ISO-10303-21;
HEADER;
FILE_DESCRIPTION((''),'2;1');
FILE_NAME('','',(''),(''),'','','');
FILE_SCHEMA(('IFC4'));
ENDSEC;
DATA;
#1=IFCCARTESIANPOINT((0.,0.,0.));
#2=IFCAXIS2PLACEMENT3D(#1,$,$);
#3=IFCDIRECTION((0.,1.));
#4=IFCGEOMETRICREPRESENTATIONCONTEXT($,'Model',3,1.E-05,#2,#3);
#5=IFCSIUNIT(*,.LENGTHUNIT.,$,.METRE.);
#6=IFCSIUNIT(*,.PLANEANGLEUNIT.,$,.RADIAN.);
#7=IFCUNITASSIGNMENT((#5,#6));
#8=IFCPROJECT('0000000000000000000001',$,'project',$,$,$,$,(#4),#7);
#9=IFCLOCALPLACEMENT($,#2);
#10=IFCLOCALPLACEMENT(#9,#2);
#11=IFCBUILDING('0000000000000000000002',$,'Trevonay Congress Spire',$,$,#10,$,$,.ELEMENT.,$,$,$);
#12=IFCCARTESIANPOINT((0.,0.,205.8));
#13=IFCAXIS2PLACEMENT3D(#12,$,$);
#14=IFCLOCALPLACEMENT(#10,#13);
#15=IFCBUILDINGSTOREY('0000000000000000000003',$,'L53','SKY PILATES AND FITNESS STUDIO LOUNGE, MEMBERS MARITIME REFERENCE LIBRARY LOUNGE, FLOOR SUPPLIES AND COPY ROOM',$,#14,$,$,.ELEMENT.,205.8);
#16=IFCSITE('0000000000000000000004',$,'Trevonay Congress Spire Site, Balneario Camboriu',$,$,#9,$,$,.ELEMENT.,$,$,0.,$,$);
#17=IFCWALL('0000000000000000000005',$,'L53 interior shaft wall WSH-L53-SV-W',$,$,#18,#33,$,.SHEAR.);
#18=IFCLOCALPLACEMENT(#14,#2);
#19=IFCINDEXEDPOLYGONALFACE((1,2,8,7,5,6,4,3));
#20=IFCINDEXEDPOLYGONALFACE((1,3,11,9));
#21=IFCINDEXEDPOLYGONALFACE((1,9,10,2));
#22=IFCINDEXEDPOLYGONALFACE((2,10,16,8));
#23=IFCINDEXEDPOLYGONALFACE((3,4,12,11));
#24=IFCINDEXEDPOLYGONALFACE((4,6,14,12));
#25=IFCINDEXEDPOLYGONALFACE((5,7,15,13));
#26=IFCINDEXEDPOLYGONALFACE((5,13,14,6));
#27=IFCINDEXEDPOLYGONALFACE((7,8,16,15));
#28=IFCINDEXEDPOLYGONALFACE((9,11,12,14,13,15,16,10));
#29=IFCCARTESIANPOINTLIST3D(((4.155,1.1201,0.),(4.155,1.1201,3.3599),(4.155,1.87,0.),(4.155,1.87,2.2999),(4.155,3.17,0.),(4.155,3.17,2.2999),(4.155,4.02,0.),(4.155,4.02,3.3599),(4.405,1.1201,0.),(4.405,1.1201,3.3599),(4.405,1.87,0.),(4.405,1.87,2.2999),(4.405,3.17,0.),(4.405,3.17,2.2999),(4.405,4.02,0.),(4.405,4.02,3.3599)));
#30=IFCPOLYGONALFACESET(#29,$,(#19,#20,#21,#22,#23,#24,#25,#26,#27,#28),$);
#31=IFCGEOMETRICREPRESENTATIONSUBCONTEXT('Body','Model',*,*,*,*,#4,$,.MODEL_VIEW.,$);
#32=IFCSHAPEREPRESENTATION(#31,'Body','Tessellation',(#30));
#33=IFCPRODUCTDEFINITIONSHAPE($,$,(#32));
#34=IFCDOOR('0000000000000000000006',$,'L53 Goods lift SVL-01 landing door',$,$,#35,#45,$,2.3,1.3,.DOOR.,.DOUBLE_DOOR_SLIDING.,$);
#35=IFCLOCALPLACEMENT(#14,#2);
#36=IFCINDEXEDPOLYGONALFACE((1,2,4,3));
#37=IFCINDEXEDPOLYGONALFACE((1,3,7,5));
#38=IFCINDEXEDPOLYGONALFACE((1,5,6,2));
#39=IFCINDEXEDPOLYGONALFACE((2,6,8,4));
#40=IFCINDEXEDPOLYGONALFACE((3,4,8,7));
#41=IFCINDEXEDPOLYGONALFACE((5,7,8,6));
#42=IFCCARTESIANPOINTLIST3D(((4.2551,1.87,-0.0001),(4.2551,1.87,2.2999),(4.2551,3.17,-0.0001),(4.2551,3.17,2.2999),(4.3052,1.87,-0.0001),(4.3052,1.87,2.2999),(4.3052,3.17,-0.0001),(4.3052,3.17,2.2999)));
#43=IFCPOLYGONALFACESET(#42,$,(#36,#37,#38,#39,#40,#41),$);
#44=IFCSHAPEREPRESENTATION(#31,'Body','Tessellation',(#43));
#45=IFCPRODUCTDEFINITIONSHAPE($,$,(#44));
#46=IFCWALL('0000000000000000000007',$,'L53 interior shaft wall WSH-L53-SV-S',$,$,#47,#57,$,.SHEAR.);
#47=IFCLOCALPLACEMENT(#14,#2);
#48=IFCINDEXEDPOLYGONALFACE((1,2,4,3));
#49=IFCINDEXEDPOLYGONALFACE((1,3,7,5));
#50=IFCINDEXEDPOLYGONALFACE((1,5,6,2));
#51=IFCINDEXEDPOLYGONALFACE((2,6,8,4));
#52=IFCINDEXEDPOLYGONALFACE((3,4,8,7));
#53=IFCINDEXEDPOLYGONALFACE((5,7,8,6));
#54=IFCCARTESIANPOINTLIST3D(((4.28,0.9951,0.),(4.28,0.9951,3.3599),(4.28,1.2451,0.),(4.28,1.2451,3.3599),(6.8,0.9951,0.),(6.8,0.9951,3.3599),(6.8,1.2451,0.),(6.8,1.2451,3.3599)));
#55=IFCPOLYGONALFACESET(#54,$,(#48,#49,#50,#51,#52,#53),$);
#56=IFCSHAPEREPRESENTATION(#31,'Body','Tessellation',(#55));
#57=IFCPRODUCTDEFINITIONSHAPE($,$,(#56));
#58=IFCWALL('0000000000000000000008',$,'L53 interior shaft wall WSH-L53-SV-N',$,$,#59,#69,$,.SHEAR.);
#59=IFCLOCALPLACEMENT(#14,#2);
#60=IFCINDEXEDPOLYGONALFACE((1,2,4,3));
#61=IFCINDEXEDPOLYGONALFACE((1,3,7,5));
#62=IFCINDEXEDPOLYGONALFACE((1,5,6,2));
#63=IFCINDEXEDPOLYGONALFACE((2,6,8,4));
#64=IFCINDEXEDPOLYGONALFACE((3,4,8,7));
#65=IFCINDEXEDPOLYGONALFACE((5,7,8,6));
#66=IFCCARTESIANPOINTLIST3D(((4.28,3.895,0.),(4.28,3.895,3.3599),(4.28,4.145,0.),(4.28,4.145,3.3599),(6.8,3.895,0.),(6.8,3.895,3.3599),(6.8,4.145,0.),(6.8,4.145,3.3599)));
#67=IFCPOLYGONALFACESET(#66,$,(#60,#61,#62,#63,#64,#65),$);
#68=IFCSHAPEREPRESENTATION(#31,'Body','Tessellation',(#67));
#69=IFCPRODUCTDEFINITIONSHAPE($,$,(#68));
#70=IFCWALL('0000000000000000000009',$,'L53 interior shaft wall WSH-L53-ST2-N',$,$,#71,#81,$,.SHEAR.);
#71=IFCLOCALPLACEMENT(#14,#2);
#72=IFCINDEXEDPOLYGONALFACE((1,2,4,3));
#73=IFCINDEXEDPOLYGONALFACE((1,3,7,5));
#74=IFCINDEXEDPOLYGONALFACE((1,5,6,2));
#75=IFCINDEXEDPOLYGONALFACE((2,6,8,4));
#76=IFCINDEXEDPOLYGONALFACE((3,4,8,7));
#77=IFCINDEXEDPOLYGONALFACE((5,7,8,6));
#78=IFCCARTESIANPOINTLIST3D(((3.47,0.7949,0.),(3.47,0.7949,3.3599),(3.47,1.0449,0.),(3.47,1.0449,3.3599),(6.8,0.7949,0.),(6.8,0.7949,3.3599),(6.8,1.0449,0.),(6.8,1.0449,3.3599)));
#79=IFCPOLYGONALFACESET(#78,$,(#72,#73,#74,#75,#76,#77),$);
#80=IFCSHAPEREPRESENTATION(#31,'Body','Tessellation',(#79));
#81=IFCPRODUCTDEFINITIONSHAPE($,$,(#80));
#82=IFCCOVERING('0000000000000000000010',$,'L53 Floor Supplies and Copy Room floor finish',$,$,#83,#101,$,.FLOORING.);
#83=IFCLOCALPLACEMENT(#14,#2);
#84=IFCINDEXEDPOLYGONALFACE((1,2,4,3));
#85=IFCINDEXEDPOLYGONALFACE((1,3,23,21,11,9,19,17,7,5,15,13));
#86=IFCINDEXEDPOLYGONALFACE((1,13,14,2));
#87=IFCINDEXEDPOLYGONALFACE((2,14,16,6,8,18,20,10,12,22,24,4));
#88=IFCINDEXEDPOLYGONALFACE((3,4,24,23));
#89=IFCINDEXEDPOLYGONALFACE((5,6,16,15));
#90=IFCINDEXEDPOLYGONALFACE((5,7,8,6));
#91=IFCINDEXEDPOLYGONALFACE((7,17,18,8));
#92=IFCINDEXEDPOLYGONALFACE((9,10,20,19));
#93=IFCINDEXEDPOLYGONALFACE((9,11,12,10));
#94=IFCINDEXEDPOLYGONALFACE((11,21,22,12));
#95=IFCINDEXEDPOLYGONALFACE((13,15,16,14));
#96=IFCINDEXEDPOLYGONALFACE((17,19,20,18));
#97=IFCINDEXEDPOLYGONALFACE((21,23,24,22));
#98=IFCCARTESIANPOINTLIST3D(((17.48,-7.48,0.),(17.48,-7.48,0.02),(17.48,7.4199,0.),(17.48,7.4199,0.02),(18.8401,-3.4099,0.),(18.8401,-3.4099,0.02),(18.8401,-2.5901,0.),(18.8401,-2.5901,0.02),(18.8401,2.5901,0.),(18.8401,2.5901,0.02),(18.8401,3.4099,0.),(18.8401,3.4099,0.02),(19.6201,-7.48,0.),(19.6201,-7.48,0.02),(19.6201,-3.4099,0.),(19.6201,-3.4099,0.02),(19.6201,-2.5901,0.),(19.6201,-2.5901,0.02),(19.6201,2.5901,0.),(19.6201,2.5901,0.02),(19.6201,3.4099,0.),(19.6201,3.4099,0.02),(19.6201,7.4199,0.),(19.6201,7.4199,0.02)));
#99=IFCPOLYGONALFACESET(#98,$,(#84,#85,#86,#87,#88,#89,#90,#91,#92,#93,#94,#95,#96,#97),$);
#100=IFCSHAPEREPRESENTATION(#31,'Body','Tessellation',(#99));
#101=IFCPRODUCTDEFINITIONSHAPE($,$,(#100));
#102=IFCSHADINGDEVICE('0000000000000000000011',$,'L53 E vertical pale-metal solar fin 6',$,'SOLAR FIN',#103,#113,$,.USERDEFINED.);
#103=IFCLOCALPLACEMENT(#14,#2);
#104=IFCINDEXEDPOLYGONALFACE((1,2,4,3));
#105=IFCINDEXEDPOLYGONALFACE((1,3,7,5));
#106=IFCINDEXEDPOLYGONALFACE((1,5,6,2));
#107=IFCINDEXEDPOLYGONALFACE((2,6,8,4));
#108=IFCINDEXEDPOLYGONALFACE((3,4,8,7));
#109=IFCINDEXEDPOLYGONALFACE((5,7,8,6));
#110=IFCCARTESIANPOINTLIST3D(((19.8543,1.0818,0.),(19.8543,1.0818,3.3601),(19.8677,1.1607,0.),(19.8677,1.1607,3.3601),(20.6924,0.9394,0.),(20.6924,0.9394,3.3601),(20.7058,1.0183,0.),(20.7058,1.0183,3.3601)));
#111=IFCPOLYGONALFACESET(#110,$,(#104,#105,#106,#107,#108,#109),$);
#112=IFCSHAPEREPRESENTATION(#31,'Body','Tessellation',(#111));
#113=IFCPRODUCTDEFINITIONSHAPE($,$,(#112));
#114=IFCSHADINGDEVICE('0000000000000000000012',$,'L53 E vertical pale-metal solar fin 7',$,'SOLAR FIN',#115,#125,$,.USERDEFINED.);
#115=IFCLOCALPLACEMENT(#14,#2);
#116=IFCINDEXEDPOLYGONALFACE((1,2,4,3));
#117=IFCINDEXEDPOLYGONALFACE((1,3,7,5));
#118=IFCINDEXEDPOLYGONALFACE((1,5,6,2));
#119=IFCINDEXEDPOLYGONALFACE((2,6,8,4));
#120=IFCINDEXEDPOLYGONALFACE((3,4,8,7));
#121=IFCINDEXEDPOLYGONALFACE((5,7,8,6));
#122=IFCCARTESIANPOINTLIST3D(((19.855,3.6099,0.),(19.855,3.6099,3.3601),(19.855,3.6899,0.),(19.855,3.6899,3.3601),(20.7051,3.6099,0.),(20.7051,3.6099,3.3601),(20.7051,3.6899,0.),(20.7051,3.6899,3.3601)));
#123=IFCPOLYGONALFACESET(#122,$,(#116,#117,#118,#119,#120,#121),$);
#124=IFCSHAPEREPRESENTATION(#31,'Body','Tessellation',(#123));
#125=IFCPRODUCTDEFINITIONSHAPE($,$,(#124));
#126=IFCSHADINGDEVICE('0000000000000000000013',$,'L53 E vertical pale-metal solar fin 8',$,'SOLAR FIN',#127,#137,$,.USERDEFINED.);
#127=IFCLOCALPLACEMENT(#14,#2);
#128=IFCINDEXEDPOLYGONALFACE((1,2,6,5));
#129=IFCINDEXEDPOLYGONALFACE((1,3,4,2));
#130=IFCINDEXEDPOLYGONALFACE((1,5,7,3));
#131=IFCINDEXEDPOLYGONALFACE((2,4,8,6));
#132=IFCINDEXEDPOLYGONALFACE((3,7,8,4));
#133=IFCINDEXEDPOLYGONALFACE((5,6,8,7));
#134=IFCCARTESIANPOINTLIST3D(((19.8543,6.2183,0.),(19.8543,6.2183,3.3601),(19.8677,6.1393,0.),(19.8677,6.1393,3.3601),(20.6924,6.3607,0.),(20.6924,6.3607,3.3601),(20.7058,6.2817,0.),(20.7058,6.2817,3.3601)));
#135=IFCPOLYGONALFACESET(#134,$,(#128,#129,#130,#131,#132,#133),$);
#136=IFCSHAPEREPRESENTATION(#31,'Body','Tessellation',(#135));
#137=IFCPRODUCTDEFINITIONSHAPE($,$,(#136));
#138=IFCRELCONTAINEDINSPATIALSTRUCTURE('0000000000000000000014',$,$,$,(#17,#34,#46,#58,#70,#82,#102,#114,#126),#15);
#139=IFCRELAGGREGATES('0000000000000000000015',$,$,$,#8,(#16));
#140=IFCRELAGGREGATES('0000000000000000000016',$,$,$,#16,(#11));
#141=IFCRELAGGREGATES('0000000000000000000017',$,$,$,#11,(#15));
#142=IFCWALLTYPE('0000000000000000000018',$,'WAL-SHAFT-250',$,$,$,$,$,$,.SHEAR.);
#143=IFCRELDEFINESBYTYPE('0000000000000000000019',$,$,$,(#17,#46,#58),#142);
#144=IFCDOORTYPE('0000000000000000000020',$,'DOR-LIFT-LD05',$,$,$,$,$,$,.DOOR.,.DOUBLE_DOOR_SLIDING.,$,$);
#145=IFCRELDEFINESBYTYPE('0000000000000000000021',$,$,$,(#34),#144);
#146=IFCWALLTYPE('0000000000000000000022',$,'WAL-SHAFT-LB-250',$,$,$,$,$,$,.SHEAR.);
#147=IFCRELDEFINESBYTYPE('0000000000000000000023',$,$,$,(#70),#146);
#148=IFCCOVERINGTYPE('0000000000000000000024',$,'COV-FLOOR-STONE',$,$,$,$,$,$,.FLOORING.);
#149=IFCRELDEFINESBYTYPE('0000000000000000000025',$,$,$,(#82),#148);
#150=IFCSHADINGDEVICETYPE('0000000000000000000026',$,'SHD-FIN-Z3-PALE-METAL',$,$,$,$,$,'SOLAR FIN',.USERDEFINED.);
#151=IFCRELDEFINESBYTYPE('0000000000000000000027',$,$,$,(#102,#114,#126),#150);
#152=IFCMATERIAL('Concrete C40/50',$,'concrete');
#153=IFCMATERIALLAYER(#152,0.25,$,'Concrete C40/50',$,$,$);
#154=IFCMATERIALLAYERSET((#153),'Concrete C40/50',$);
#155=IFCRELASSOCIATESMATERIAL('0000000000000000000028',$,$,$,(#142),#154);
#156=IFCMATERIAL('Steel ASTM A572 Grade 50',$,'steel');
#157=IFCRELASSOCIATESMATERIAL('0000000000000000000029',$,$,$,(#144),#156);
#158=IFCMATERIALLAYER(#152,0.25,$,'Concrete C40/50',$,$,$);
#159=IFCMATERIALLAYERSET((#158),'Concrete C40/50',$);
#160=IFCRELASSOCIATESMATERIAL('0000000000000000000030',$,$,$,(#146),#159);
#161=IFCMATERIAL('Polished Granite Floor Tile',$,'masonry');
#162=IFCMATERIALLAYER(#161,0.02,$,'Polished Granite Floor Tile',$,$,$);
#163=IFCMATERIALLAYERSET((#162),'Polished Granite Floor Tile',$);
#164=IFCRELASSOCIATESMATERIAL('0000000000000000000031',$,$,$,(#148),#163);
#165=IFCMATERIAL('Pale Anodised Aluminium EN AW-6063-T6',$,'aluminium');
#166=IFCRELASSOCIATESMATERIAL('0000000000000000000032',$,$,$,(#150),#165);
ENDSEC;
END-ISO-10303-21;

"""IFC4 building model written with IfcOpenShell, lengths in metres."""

from ifc_helpers import new_model, si_unit, direction, frame, frame_2d, origin, origin_2d, place, context, subcontext, project, spatial, polyline, rectangle, outline, extrude, material, layer, layer_set, type_object, element, fill, save


model = new_model("IFC4")

# Units and contexts
model_context = context("Model", 3, precision=1e-05, world=origin(), true_north=direction((0.0, 1.0)))
body_context = subcontext(model_context, "Body", "Model", "MODEL_VIEW")
ifc_project = project(units=[si_unit("LENGTHUNIT", "METRE"), si_unit("PLANEANGLEUNIT", "RADIAN")], contexts=[model_context])

# Site, building, storey
site_placement = place(None, origin())
site = spatial("IfcSite", under=ifc_project, at=site_placement, Name="Trevonay Congress Spire Site, Balneario Camboriu", CompositionType="ELEMENT", RefElevation=0.0)
building_placement = place(site_placement, origin())
building = spatial("IfcBuilding", under=site, at=building_placement, Name="Trevonay Congress Spire", CompositionType="ELEMENT")
storey_placement = place(building_placement, frame((0.0, 0.0, 205.8)))
storey = spatial("IfcBuildingStorey", under=building, at=storey_placement, Name="L53", Description="SKY PILATES AND FITNESS STUDIO LOUNGE, MEMBERS MARITIME REFERENCE LIBRARY LOUNGE, FLOOR SUPPLIES AND COPY ROOM", CompositionType="ELEMENT", Elevation=205.8)

# Shared definitions
ifc_material_1 = material(Name="Steel ASTM A572 Grade 50", Category="steel")

# Shared definitions
ifc_material_2 = material(Name="Pale Anodised Aluminium EN AW-6063-T6", Category="aluminium")

# Shared definitions
ifc_material_3 = material(Name="Concrete C40/50", Category="concrete")
ifc_layer_1 = layer(ifc_material_3, 0.25, Name="Concrete C40/50")
ifc_layer_set_1 = layer_set([ifc_layer_1], Name="Concrete C40/50")
wall_type_1 = type_object("IfcWallType", Name="WAL-SHAFT-250", PredefinedType="SHEAR", material=ifc_layer_set_1)

# Wall, opening, door
wall_1_placement = place(storey_placement, frame((4.28, 1.1201, 0.0), z_axis=(0.0, 0.0, 1.0), x_axis=(0.0, 1.0, 0.0)))
wall_1 = element("IfcWall", 1, at=wall_1_placement, inside=storey, type_object=wall_type_1, Name="L53 interior shaft wall WSH-L53-SV-W", PredefinedType="SHEAR", context=body_context, shape_type="SweptSolid", body=[
    extrude(rectangle(XDim=2.8999, YDim=0.25, at=frame_2d((1.45, 0.0))), origin(), (0.0, 0.0, 1.0), 3.3599),
])
opening_1_placement = place(wall_1_placement, frame((0.75, 0.0, 0.0)))
opening_1 = element("IfcOpeningElement", 2, at=opening_1_placement, cuts=wall_1, PredefinedType="OPENING", context=body_context, shape_type="SweptSolid", body=[
    extrude(rectangle(XDim=1.3, YDim=2.3, at=frame_2d((0.6499, 1.1499))), frame((0.0, 0.135, 0.0), z_axis=(0.0, -1.0, 0.0), x_axis=(1.0, 0.0, 0.0)), (0.0, 0.0, 1.0), 0.27),
])
door_type_1 = type_object("IfcDoorType", Name="DOR-LIFT-LD05", OperationType="DOUBLE_DOOR_SLIDING", PredefinedType="DOOR", material=ifc_material_1)
door_1_placement = place(opening_1_placement, origin())
door_1 = element("IfcDoor", 3, at=door_1_placement, inside=storey, type_object=door_type_1, Name="L53 Goods lift SVL-01 landing door", OperationType="DOUBLE_DOOR_SLIDING", OverallHeight=2.3, OverallWidth=1.3, PredefinedType="DOOR", context=body_context, shape_type="SweptSolid", body=[
    extrude(rectangle(XDim=1.3, YDim=2.3, at=frame_2d((0.6499, 1.1499))), frame((0.0, 0.0249, 0.0), z_axis=(0.0, -1.0, 0.0), x_axis=(1.0, 0.0, 0.0)), (0.0, 0.0, 1.0), 0.05),
])
fill(opening_1, door_1)

# Walls
for number, where, z_axis, x_axis, name in (
    (4, (4.28, 1.1201, 0.0), (0.0, 0.0, 1.0), (1.0, 0.0, 0.0), "L53 interior shaft wall WSH-L53-SV-S"),
    (5, (4.28, 4.02, 0.0), (0.0, 0.0, 1.0), (1.0, 0.0, 0.0), "L53 interior shaft wall WSH-L53-SV-N"),
):
    element("IfcWall", number, at=place(storey_placement, frame(where, z_axis=z_axis, x_axis=x_axis)), inside=storey, type_object=wall_type_1, Name=name, PredefinedType="SHEAR", context=body_context, shape_type="SweptSolid", body=[
        extrude(rectangle(XDim=2.52, YDim=0.25, at=frame_2d((1.26, 0.0))), origin(), (0.0, 0.0, 1.0), 3.3599),
    ])
ifc_layer_2 = layer(ifc_material_3, 0.25, Name="Concrete C40/50")
ifc_layer_set_2 = layer_set([ifc_layer_2], Name="Concrete C40/50")
wall_type_2 = type_object("IfcWallType", Name="WAL-SHAFT-LB-250", PredefinedType="SHEAR", material=ifc_layer_set_2)
wall_2_placement = place(storey_placement, frame((3.47, 0.9199, 0.0), z_axis=(0.0, 0.0, 1.0), x_axis=(1.0, 0.0, 0.0)))
element("IfcWall", 6, at=wall_2_placement, inside=storey, type_object=wall_type_2, Name="L53 interior shaft wall WSH-L53-ST2-N", PredefinedType="SHEAR", context=body_context, shape_type="SweptSolid", body=[
    extrude(rectangle(XDim=3.3301, YDim=0.25, at=frame_2d((1.665, 0.0))), origin(), (0.0, 0.0, 1.0), 3.3599),
])

# Covering
ifc_material_4 = material(Name="Polished Granite Floor Tile", Category="masonry")
ifc_layer_3 = layer(ifc_material_4, 0.02, Name="Polished Granite Floor Tile")
ifc_layer_set_3 = layer_set([ifc_layer_3], Name="Polished Granite Floor Tile")
covering_type = type_object("IfcCoveringType", Name="COV-FLOOR-STONE", PredefinedType="FLOORING", material=ifc_layer_set_3)
covering_placement = place(storey_placement, origin())
element("IfcCovering", 7, at=covering_placement, inside=storey, type_object=covering_type, Name="L53 Floor Supplies and Copy Room floor finish", PredefinedType="FLOORING", context=body_context, shape_type="SweptSolid", body=[
    extrude(outline(polyline([(19.6201, -7.48), (17.48, -7.48), (17.48, 7.4199), (19.6201, 7.4199), (19.6201, 3.4099), (18.8401, 3.4099), (18.8401, 2.5901), (19.6201, 2.5901), (19.6201, -2.5901), (18.8401, -2.5901), (18.8401, -3.4099), (19.6201, -3.4099), (19.6201, -7.48)])), origin(), (0.0, 0.0, 1.0), 0.02),
])

# Shading devices
shading_device_type = type_object("IfcShadingDeviceType", Name="SHD-FIN-Z3-PALE-METAL", ElementType="SOLAR FIN", PredefinedType="USERDEFINED", material=ifc_material_2)
for number, where, z_axis, x_axis, name in (
    (8, (20.28, 1.05, 0.0), (0.0, 0.0, 1.0), (0.167457, 0.985879, 0.0), "L53 E vertical pale-metal solar fin 6"),
    (9, (20.28, 3.6499, 0.0), (0.0, 0.0, 1.0), (0.0, 1.0, 0.0), "L53 E vertical pale-metal solar fin 7"),
    (10, (20.28, 6.25, 0.0), (0.0, 0.0, 1.0), (-0.167457, 0.985879, 0.0), "L53 E vertical pale-metal solar fin 8"),
):
    element("IfcShadingDevice", number, at=place(storey_placement, frame(where, z_axis=z_axis, x_axis=x_axis)), inside=storey, type_object=shading_device_type, Name=name, ObjectType="SOLAR FIN", PredefinedType="USERDEFINED", context=body_context, shape_type="SweptSolid", body=[
        extrude(rectangle(XDim=0.0801, YDim=0.8501, at=origin_2d()), origin(), (0.0, 0.0, 1.0), 3.3601),
    ])

save(model, "model.ifc")
